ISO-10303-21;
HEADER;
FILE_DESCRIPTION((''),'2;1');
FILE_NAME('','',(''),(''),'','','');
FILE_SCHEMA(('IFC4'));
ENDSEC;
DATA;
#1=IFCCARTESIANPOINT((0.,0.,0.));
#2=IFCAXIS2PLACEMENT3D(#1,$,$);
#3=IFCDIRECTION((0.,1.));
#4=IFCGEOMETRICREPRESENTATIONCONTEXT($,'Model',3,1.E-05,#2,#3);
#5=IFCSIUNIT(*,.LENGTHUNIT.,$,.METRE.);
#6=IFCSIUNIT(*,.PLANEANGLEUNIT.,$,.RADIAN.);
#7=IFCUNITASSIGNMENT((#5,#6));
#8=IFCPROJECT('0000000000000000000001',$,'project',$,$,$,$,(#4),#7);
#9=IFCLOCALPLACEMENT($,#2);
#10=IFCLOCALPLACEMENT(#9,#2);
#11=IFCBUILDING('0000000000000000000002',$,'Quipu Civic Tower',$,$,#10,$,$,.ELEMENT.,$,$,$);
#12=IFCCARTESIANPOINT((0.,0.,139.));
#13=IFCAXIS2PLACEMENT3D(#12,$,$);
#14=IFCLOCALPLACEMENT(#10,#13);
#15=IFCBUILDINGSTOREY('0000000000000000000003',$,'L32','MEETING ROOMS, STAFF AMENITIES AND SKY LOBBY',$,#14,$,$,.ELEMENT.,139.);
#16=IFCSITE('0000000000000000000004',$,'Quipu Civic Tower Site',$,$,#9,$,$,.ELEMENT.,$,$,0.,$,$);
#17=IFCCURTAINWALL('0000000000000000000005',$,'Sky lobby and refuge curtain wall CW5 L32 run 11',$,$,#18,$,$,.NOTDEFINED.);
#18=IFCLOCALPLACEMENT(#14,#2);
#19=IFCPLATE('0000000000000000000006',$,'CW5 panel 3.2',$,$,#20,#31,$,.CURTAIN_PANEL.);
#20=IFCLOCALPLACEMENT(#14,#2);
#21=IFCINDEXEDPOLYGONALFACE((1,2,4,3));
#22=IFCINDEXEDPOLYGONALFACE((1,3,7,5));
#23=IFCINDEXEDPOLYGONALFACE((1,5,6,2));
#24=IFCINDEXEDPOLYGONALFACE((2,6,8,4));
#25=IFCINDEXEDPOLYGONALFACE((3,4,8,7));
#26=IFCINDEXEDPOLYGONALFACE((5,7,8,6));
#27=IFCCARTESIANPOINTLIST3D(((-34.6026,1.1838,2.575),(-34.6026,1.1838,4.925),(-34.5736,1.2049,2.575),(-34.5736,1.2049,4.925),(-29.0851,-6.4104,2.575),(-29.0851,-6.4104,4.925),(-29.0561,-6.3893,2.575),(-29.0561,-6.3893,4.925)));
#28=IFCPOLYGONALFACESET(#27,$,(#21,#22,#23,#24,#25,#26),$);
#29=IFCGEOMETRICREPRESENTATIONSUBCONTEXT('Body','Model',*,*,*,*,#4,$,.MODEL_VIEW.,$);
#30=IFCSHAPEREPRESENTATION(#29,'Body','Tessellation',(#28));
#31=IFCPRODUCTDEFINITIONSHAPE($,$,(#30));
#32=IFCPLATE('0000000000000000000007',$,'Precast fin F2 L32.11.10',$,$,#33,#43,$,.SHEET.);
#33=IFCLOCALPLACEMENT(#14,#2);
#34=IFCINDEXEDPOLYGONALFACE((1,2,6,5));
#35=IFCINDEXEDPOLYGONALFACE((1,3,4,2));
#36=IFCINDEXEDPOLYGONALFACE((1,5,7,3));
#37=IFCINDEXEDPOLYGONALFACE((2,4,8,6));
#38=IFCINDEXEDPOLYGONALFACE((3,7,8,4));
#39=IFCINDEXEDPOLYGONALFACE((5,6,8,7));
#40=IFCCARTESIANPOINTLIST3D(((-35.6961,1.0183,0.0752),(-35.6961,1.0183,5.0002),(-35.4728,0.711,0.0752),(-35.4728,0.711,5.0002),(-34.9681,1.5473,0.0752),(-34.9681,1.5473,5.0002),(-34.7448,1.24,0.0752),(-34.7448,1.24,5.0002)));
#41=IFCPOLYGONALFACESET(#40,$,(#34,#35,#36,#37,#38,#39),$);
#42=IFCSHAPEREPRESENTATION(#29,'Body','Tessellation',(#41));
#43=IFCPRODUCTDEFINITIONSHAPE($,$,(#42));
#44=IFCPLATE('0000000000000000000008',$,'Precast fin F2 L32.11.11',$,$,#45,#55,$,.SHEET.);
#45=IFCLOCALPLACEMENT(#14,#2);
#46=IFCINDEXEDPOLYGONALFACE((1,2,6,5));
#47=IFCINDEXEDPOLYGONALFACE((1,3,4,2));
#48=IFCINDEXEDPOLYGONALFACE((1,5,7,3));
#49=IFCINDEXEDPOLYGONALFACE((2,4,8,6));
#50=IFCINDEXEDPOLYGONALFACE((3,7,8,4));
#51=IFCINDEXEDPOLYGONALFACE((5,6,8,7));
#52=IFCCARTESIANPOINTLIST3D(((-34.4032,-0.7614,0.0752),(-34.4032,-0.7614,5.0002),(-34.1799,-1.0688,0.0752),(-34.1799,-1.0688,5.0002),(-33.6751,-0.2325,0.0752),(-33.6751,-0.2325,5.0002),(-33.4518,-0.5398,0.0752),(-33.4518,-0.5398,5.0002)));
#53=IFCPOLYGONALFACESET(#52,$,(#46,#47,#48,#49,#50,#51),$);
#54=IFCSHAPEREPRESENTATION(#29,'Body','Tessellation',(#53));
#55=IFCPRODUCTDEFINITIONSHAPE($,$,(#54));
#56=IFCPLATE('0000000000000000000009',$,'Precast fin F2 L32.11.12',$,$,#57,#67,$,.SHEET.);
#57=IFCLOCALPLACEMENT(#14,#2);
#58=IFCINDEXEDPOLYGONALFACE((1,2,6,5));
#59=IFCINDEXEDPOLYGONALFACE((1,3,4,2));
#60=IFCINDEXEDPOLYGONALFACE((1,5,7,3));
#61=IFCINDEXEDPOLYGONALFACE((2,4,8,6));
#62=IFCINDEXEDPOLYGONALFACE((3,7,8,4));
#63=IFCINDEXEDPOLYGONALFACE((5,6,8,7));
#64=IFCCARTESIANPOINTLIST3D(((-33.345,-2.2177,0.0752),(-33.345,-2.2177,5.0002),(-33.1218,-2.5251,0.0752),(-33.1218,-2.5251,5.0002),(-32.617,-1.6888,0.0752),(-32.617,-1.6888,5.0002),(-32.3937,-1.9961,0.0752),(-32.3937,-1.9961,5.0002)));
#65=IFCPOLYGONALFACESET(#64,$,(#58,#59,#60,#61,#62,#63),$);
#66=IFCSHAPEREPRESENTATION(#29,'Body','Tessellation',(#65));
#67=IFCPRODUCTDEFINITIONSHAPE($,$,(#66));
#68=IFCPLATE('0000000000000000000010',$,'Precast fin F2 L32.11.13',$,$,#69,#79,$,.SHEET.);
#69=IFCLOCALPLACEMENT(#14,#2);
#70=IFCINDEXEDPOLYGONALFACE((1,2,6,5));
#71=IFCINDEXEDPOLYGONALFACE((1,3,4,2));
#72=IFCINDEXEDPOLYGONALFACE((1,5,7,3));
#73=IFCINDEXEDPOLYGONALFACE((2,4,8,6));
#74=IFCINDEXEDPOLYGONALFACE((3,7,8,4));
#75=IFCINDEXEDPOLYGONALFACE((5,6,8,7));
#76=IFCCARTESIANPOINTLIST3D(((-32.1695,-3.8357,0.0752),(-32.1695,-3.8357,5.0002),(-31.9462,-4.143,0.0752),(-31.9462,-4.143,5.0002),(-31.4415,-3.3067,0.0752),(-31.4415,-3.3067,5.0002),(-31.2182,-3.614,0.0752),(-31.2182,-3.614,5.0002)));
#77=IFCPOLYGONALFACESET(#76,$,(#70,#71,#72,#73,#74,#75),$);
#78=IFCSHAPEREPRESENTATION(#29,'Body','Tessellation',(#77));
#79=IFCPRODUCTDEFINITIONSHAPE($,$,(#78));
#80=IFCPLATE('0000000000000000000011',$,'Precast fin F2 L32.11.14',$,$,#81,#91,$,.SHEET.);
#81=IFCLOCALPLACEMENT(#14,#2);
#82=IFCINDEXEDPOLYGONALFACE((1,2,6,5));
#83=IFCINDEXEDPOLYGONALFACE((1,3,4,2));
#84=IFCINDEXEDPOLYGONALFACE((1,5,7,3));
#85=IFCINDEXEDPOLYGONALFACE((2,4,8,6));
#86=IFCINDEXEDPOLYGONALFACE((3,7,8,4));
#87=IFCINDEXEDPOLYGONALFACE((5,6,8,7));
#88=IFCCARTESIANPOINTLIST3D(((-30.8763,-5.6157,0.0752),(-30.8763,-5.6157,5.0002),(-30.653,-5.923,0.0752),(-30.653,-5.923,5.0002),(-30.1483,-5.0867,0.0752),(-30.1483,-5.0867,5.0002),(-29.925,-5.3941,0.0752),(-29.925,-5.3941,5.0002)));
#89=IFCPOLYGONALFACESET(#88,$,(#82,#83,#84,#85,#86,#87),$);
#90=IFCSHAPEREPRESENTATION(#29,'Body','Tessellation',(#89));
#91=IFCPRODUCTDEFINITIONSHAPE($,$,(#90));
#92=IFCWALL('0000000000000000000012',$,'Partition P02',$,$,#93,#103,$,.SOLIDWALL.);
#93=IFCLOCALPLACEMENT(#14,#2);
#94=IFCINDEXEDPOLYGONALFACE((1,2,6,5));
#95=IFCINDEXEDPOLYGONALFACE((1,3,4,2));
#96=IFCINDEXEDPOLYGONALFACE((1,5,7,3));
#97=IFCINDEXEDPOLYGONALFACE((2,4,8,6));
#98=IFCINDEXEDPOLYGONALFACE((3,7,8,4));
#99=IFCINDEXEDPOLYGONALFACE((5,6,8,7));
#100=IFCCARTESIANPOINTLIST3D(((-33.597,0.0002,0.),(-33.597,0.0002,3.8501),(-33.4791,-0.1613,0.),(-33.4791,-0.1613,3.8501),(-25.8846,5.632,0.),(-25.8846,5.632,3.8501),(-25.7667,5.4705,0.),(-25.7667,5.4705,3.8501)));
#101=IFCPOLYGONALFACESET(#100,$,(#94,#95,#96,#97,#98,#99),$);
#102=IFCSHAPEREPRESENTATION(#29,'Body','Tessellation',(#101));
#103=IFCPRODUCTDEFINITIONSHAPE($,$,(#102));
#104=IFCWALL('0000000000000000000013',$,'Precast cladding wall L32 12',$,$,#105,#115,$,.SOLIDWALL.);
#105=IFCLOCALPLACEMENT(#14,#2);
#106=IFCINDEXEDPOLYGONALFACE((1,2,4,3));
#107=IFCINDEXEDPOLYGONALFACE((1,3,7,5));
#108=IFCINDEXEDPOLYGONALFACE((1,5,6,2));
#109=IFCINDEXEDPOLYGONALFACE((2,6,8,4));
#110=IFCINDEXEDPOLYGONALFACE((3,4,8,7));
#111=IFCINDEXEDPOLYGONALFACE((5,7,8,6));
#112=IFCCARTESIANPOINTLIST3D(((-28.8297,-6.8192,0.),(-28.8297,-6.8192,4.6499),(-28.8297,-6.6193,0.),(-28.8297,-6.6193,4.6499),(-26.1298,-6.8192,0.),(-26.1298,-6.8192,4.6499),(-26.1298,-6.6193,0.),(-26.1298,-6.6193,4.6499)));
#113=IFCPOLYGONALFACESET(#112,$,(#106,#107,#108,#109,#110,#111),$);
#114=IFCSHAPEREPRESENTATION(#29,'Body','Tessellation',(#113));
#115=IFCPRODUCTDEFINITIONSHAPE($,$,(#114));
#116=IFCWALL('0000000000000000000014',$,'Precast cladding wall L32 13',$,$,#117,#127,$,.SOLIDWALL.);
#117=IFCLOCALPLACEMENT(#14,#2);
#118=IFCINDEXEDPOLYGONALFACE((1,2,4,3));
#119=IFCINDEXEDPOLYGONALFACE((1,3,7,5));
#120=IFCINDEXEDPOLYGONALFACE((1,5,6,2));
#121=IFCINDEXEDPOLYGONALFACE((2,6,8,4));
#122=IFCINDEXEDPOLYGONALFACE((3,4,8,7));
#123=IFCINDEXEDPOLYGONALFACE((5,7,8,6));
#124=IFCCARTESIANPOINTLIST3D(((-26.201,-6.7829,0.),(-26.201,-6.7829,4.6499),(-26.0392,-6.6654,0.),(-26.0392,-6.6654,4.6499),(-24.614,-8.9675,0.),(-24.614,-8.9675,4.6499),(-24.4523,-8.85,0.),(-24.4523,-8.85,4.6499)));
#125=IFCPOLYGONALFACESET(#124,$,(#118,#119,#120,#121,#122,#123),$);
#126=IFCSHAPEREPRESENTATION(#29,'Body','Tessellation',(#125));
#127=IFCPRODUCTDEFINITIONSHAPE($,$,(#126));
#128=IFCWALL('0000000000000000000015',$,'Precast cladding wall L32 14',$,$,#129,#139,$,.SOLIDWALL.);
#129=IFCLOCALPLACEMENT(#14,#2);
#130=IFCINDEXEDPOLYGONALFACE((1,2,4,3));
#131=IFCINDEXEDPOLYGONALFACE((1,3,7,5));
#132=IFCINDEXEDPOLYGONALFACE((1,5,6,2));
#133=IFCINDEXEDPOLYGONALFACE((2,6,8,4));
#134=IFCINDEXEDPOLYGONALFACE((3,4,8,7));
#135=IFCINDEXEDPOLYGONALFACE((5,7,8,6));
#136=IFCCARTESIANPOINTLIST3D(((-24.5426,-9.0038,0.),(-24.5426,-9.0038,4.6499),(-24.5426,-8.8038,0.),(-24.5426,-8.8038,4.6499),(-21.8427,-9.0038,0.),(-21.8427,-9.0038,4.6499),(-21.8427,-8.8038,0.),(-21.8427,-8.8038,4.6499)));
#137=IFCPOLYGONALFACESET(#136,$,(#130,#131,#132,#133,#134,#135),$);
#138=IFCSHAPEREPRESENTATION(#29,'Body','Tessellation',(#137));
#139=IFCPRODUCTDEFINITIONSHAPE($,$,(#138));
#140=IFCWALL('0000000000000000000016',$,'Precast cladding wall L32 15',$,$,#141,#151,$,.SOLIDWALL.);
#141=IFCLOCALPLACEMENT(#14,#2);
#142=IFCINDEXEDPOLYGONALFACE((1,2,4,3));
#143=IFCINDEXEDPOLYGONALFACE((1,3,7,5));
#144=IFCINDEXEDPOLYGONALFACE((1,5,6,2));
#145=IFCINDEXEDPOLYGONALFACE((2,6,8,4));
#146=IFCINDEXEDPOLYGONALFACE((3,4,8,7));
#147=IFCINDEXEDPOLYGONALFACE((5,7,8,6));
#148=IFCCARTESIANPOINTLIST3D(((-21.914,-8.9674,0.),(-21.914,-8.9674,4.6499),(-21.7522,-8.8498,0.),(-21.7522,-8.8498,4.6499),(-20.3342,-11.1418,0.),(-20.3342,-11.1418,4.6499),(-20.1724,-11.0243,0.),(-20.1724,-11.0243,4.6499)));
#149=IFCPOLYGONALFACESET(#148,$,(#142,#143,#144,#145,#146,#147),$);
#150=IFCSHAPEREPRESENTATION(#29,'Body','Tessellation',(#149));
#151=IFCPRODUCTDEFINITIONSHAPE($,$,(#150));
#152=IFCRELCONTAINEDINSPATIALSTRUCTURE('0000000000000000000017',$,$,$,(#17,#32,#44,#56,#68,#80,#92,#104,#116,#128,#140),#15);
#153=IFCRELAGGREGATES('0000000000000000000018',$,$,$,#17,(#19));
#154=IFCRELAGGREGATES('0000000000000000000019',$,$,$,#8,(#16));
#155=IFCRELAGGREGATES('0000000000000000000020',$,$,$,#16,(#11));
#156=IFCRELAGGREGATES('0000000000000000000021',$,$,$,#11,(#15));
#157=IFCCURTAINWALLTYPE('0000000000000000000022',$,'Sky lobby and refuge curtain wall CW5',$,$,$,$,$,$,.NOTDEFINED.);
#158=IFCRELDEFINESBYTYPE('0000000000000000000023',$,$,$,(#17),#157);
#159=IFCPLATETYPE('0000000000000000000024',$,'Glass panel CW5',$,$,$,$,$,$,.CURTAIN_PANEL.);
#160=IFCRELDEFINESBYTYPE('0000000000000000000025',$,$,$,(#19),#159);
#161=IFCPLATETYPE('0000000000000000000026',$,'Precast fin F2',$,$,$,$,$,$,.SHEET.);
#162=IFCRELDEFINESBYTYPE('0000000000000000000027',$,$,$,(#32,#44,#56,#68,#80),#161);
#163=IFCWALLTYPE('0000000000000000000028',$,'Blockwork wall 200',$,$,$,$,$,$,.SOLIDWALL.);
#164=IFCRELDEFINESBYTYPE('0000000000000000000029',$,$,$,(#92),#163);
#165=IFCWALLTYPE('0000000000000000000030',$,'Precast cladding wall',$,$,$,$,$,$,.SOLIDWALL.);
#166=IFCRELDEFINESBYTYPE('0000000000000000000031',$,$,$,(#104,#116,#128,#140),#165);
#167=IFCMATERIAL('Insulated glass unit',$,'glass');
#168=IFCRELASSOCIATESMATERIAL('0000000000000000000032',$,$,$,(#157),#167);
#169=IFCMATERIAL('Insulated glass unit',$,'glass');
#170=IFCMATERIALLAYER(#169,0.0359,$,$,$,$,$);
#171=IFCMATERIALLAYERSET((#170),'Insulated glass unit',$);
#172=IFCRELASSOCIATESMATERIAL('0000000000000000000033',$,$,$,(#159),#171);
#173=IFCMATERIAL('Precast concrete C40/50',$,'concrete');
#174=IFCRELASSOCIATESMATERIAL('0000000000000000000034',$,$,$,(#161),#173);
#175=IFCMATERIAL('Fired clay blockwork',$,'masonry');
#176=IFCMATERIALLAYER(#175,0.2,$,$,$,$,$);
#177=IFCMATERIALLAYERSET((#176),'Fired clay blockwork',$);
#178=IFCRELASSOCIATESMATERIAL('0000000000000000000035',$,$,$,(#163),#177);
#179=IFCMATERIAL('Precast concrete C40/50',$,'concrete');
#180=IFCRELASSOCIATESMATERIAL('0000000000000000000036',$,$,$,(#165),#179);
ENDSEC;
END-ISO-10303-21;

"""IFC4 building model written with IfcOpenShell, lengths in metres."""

from ifc_helpers import new_model, si_unit, direction, frame, frame_2d, origin, origin_2d, place, context, subcontext, project, spatial, rectangle, extrude, material, layer, layer_set, type_object, element, aggregate, save


model = new_model("IFC4")

# Units and contexts
model_context = context("Model", 3, precision=1e-05, world=origin(), true_north=direction((0.0, 1.0)))
body_context = subcontext(model_context, "Body", "Model", "MODEL_VIEW")
ifc_project = project(units=[si_unit("LENGTHUNIT", "METRE"), si_unit("PLANEANGLEUNIT", "RADIAN")], contexts=[model_context])

# Site, building, storey
site_placement = place(None, origin())
site = spatial("IfcSite", under=ifc_project, at=site_placement, Name="Quipu Civic Tower Site", CompositionType="ELEMENT", RefElevation=0.0)
building_placement = place(site_placement, origin())
building = spatial("IfcBuilding", under=site, at=building_placement, Name="Quipu Civic Tower", CompositionType="ELEMENT")
storey_placement = place(building_placement, frame((0.0, 0.0, 139.0)))
storey = spatial("IfcBuildingStorey", under=building, at=storey_placement, Name="L32", Description="MEETING ROOMS, STAFF AMENITIES AND SKY LOBBY", CompositionType="ELEMENT", Elevation=139.0)

# Curtain wall
ifc_material_1 = material(Name="Insulated glass unit", Category="glass")
curtain_wall_type = type_object("IfcCurtainWallType", Name="Sky lobby and refuge curtain wall CW5", PredefinedType="NOTDEFINED", material=ifc_material_1)
curtain_wall_placement = place(storey_placement, origin())
curtain_wall = element("IfcCurtainWall", 1, at=curtain_wall_placement, inside=storey, type_object=curtain_wall_type, Name="Sky lobby and refuge curtain wall CW5 L32 run 11", PredefinedType="NOTDEFINED")

# Plate
ifc_material_2 = material(Name="Insulated glass unit", Category="glass")
ifc_layer_1 = layer(ifc_material_2, 0.0359)
ifc_layer_set_1 = layer_set([ifc_layer_1], Name="Insulated glass unit")
plate_type_1 = type_object("IfcPlateType", Name="Glass panel CW5", PredefinedType="CURTAIN_PANEL", material=ifc_layer_set_1)
plate_1_placement = place(storey_placement, frame((-31.8293, -2.6028, 2.575), z_axis=(0.0, 0.0, 1.0), x_axis=(0.587786, -0.809017, 0.0)))
plate_1 = element("IfcPlate", 2, at=plate_1_placement, type_object=plate_type_1, Name="CW5 panel 3.2", PredefinedType="CURTAIN_PANEL", context=body_context, shape_type="SweptSolid", body=[
    extrude(rectangle(XDim=9.387, YDim=0.0359, at=origin_2d()), origin(), (0.0, 0.0, 1.0), 2.3501),
])
aggregate(curtain_wall, [plate_1])

# Plates
ifc_material_3 = material(Name="Precast concrete C40/50", Category="concrete")
plate_type_2 = type_object("IfcPlateType", Name="Precast fin F2", PredefinedType="SHEET", material=ifc_material_3)
for number, where, z_axis, x_axis, name in (
    (3, (-35.2205, 1.1292, 0.0752), (0.0, 0.0, 1.0), (0.587786, -0.809017, 0.0), "Precast fin F2 L32.11.10"),
    (4, (-33.9275, -0.6506, 0.0752), (0.0, 0.0, 1.0), (0.587786, -0.809017, 0.0), "Precast fin F2 L32.11.11"),
    (5, (-32.8694, -2.1069, 0.0752), (0.0, 0.0, 1.0), (0.587786, -0.809017, 0.0), "Precast fin F2 L32.11.12"),
    (6, (-31.6938, -3.7249, 0.0752), (0.0, 0.0, 1.0), (0.587786, -0.809017, 0.0), "Precast fin F2 L32.11.13"),
    (7, (-30.4006, -5.5049, 0.0752), (0.0, 0.0, 1.0), (0.587786, -0.809017, 0.0), "Precast fin F2 L32.11.14"),
):
    element("IfcPlate", number, at=place(storey_placement, frame(where, z_axis=z_axis, x_axis=x_axis)), inside=storey, type_object=plate_type_2, Name=name, PredefinedType="SHEET", context=body_context, shape_type="SweptSolid", body=[
        extrude(rectangle(XDim=0.3799, YDim=0.8999, at=origin_2d()), origin(), (0.0, 0.0, 1.0), 4.925),
    ])

# Walls
ifc_material_4 = material(Name="Fired clay blockwork", Category="masonry")
ifc_layer_2 = layer(ifc_material_4, 0.2)
ifc_layer_set_2 = layer_set([ifc_layer_2], Name="Fired clay blockwork")
wall_type_1 = type_object("IfcWallType", Name="Blockwork wall 200", PredefinedType="SOLIDWALL", material=ifc_layer_set_2)
wall_1_placement = place(storey_placement, frame((-33.5381, -0.0806, 0.0), z_axis=(0.0, 0.0, 1.0), x_axis=(0.807598, 0.589733, 0.0)))
element("IfcWall", 8, at=wall_1_placement, inside=storey, type_object=wall_type_1, Name="Partition P02", PredefinedType="SOLIDWALL", context=body_context, shape_type="SweptSolid", body=[
    extrude(rectangle(XDim=9.5498, YDim=0.2, at=frame_2d((4.7749, 0.0))), origin(), (0.0, 0.0, 1.0), 3.8501),
])
ifc_material_5 = material(Name="Precast concrete C40/50", Category="concrete")
wall_type_2 = type_object("IfcWallType", Name="Precast cladding wall", PredefinedType="SOLIDWALL", material=ifc_material_5)
wall_2_placement = place(storey_placement, frame((-28.8298, -6.7192, 0.0), z_axis=(0.0, 0.0, 1.0), x_axis=(1.0, 0.0, 0.0)))
element("IfcWall", 9, at=wall_2_placement, inside=storey, type_object=wall_type_2, Name="Precast cladding wall L32 12", PredefinedType="SOLIDWALL", context=body_context, shape_type="SweptSolid", body=[
    extrude(rectangle(XDim=2.7, YDim=0.2, at=frame_2d((1.3501, 0.0))), origin(), (0.0, 0.0, 1.0), 4.6499),
])
wall_3_placement = place(storey_placement, frame((-26.1201, -6.7241, 0.0), z_axis=(0.0, 0.0, 1.0), x_axis=(0.58772, -0.809064, 0.0)))
element("IfcWall", 10, at=wall_3_placement, inside=storey, type_object=wall_type_2, Name="Precast cladding wall L32 13", PredefinedType="SOLIDWALL", context=body_context, shape_type="SweptSolid", body=[
    extrude(rectangle(XDim=2.7002, YDim=0.2, at=frame_2d((1.3501, 0.0))), origin(), (0.0, 0.0, 1.0), 4.6499),
])
wall_4_placement = place(storey_placement, frame((-24.5427, -8.9038, 0.0), z_axis=(0.0, 0.0, 1.0), x_axis=(1.0, 0.0, 0.0)))
element("IfcWall", 11, at=wall_4_placement, inside=storey, type_object=wall_type_2, Name="Precast cladding wall L32 14", PredefinedType="SOLIDWALL", context=body_context, shape_type="SweptSolid", body=[
    extrude(rectangle(XDim=2.7, YDim=0.2, at=frame_2d((1.3501, 0.0))), origin(), (0.0, 0.0, 1.0), 4.6499),
])
wall_5_placement = place(storey_placement, frame((-21.833, -8.9087, 0.0), z_axis=(0.0, 0.0, 1.0), x_axis=(0.587767, -0.809031, 0.0)))
element("IfcWall", 12, at=wall_5_placement, inside=storey, type_object=wall_type_2, Name="Precast cladding wall L32 15", PredefinedType="SOLIDWALL", context=body_context, shape_type="SweptSolid", body=[
    extrude(rectangle(XDim=2.6877, YDim=0.2, at=frame_2d((1.3438, 0.0))), origin(), (0.0, 0.0, 1.0), 4.6499),
])

save(model, "model.ifc")
